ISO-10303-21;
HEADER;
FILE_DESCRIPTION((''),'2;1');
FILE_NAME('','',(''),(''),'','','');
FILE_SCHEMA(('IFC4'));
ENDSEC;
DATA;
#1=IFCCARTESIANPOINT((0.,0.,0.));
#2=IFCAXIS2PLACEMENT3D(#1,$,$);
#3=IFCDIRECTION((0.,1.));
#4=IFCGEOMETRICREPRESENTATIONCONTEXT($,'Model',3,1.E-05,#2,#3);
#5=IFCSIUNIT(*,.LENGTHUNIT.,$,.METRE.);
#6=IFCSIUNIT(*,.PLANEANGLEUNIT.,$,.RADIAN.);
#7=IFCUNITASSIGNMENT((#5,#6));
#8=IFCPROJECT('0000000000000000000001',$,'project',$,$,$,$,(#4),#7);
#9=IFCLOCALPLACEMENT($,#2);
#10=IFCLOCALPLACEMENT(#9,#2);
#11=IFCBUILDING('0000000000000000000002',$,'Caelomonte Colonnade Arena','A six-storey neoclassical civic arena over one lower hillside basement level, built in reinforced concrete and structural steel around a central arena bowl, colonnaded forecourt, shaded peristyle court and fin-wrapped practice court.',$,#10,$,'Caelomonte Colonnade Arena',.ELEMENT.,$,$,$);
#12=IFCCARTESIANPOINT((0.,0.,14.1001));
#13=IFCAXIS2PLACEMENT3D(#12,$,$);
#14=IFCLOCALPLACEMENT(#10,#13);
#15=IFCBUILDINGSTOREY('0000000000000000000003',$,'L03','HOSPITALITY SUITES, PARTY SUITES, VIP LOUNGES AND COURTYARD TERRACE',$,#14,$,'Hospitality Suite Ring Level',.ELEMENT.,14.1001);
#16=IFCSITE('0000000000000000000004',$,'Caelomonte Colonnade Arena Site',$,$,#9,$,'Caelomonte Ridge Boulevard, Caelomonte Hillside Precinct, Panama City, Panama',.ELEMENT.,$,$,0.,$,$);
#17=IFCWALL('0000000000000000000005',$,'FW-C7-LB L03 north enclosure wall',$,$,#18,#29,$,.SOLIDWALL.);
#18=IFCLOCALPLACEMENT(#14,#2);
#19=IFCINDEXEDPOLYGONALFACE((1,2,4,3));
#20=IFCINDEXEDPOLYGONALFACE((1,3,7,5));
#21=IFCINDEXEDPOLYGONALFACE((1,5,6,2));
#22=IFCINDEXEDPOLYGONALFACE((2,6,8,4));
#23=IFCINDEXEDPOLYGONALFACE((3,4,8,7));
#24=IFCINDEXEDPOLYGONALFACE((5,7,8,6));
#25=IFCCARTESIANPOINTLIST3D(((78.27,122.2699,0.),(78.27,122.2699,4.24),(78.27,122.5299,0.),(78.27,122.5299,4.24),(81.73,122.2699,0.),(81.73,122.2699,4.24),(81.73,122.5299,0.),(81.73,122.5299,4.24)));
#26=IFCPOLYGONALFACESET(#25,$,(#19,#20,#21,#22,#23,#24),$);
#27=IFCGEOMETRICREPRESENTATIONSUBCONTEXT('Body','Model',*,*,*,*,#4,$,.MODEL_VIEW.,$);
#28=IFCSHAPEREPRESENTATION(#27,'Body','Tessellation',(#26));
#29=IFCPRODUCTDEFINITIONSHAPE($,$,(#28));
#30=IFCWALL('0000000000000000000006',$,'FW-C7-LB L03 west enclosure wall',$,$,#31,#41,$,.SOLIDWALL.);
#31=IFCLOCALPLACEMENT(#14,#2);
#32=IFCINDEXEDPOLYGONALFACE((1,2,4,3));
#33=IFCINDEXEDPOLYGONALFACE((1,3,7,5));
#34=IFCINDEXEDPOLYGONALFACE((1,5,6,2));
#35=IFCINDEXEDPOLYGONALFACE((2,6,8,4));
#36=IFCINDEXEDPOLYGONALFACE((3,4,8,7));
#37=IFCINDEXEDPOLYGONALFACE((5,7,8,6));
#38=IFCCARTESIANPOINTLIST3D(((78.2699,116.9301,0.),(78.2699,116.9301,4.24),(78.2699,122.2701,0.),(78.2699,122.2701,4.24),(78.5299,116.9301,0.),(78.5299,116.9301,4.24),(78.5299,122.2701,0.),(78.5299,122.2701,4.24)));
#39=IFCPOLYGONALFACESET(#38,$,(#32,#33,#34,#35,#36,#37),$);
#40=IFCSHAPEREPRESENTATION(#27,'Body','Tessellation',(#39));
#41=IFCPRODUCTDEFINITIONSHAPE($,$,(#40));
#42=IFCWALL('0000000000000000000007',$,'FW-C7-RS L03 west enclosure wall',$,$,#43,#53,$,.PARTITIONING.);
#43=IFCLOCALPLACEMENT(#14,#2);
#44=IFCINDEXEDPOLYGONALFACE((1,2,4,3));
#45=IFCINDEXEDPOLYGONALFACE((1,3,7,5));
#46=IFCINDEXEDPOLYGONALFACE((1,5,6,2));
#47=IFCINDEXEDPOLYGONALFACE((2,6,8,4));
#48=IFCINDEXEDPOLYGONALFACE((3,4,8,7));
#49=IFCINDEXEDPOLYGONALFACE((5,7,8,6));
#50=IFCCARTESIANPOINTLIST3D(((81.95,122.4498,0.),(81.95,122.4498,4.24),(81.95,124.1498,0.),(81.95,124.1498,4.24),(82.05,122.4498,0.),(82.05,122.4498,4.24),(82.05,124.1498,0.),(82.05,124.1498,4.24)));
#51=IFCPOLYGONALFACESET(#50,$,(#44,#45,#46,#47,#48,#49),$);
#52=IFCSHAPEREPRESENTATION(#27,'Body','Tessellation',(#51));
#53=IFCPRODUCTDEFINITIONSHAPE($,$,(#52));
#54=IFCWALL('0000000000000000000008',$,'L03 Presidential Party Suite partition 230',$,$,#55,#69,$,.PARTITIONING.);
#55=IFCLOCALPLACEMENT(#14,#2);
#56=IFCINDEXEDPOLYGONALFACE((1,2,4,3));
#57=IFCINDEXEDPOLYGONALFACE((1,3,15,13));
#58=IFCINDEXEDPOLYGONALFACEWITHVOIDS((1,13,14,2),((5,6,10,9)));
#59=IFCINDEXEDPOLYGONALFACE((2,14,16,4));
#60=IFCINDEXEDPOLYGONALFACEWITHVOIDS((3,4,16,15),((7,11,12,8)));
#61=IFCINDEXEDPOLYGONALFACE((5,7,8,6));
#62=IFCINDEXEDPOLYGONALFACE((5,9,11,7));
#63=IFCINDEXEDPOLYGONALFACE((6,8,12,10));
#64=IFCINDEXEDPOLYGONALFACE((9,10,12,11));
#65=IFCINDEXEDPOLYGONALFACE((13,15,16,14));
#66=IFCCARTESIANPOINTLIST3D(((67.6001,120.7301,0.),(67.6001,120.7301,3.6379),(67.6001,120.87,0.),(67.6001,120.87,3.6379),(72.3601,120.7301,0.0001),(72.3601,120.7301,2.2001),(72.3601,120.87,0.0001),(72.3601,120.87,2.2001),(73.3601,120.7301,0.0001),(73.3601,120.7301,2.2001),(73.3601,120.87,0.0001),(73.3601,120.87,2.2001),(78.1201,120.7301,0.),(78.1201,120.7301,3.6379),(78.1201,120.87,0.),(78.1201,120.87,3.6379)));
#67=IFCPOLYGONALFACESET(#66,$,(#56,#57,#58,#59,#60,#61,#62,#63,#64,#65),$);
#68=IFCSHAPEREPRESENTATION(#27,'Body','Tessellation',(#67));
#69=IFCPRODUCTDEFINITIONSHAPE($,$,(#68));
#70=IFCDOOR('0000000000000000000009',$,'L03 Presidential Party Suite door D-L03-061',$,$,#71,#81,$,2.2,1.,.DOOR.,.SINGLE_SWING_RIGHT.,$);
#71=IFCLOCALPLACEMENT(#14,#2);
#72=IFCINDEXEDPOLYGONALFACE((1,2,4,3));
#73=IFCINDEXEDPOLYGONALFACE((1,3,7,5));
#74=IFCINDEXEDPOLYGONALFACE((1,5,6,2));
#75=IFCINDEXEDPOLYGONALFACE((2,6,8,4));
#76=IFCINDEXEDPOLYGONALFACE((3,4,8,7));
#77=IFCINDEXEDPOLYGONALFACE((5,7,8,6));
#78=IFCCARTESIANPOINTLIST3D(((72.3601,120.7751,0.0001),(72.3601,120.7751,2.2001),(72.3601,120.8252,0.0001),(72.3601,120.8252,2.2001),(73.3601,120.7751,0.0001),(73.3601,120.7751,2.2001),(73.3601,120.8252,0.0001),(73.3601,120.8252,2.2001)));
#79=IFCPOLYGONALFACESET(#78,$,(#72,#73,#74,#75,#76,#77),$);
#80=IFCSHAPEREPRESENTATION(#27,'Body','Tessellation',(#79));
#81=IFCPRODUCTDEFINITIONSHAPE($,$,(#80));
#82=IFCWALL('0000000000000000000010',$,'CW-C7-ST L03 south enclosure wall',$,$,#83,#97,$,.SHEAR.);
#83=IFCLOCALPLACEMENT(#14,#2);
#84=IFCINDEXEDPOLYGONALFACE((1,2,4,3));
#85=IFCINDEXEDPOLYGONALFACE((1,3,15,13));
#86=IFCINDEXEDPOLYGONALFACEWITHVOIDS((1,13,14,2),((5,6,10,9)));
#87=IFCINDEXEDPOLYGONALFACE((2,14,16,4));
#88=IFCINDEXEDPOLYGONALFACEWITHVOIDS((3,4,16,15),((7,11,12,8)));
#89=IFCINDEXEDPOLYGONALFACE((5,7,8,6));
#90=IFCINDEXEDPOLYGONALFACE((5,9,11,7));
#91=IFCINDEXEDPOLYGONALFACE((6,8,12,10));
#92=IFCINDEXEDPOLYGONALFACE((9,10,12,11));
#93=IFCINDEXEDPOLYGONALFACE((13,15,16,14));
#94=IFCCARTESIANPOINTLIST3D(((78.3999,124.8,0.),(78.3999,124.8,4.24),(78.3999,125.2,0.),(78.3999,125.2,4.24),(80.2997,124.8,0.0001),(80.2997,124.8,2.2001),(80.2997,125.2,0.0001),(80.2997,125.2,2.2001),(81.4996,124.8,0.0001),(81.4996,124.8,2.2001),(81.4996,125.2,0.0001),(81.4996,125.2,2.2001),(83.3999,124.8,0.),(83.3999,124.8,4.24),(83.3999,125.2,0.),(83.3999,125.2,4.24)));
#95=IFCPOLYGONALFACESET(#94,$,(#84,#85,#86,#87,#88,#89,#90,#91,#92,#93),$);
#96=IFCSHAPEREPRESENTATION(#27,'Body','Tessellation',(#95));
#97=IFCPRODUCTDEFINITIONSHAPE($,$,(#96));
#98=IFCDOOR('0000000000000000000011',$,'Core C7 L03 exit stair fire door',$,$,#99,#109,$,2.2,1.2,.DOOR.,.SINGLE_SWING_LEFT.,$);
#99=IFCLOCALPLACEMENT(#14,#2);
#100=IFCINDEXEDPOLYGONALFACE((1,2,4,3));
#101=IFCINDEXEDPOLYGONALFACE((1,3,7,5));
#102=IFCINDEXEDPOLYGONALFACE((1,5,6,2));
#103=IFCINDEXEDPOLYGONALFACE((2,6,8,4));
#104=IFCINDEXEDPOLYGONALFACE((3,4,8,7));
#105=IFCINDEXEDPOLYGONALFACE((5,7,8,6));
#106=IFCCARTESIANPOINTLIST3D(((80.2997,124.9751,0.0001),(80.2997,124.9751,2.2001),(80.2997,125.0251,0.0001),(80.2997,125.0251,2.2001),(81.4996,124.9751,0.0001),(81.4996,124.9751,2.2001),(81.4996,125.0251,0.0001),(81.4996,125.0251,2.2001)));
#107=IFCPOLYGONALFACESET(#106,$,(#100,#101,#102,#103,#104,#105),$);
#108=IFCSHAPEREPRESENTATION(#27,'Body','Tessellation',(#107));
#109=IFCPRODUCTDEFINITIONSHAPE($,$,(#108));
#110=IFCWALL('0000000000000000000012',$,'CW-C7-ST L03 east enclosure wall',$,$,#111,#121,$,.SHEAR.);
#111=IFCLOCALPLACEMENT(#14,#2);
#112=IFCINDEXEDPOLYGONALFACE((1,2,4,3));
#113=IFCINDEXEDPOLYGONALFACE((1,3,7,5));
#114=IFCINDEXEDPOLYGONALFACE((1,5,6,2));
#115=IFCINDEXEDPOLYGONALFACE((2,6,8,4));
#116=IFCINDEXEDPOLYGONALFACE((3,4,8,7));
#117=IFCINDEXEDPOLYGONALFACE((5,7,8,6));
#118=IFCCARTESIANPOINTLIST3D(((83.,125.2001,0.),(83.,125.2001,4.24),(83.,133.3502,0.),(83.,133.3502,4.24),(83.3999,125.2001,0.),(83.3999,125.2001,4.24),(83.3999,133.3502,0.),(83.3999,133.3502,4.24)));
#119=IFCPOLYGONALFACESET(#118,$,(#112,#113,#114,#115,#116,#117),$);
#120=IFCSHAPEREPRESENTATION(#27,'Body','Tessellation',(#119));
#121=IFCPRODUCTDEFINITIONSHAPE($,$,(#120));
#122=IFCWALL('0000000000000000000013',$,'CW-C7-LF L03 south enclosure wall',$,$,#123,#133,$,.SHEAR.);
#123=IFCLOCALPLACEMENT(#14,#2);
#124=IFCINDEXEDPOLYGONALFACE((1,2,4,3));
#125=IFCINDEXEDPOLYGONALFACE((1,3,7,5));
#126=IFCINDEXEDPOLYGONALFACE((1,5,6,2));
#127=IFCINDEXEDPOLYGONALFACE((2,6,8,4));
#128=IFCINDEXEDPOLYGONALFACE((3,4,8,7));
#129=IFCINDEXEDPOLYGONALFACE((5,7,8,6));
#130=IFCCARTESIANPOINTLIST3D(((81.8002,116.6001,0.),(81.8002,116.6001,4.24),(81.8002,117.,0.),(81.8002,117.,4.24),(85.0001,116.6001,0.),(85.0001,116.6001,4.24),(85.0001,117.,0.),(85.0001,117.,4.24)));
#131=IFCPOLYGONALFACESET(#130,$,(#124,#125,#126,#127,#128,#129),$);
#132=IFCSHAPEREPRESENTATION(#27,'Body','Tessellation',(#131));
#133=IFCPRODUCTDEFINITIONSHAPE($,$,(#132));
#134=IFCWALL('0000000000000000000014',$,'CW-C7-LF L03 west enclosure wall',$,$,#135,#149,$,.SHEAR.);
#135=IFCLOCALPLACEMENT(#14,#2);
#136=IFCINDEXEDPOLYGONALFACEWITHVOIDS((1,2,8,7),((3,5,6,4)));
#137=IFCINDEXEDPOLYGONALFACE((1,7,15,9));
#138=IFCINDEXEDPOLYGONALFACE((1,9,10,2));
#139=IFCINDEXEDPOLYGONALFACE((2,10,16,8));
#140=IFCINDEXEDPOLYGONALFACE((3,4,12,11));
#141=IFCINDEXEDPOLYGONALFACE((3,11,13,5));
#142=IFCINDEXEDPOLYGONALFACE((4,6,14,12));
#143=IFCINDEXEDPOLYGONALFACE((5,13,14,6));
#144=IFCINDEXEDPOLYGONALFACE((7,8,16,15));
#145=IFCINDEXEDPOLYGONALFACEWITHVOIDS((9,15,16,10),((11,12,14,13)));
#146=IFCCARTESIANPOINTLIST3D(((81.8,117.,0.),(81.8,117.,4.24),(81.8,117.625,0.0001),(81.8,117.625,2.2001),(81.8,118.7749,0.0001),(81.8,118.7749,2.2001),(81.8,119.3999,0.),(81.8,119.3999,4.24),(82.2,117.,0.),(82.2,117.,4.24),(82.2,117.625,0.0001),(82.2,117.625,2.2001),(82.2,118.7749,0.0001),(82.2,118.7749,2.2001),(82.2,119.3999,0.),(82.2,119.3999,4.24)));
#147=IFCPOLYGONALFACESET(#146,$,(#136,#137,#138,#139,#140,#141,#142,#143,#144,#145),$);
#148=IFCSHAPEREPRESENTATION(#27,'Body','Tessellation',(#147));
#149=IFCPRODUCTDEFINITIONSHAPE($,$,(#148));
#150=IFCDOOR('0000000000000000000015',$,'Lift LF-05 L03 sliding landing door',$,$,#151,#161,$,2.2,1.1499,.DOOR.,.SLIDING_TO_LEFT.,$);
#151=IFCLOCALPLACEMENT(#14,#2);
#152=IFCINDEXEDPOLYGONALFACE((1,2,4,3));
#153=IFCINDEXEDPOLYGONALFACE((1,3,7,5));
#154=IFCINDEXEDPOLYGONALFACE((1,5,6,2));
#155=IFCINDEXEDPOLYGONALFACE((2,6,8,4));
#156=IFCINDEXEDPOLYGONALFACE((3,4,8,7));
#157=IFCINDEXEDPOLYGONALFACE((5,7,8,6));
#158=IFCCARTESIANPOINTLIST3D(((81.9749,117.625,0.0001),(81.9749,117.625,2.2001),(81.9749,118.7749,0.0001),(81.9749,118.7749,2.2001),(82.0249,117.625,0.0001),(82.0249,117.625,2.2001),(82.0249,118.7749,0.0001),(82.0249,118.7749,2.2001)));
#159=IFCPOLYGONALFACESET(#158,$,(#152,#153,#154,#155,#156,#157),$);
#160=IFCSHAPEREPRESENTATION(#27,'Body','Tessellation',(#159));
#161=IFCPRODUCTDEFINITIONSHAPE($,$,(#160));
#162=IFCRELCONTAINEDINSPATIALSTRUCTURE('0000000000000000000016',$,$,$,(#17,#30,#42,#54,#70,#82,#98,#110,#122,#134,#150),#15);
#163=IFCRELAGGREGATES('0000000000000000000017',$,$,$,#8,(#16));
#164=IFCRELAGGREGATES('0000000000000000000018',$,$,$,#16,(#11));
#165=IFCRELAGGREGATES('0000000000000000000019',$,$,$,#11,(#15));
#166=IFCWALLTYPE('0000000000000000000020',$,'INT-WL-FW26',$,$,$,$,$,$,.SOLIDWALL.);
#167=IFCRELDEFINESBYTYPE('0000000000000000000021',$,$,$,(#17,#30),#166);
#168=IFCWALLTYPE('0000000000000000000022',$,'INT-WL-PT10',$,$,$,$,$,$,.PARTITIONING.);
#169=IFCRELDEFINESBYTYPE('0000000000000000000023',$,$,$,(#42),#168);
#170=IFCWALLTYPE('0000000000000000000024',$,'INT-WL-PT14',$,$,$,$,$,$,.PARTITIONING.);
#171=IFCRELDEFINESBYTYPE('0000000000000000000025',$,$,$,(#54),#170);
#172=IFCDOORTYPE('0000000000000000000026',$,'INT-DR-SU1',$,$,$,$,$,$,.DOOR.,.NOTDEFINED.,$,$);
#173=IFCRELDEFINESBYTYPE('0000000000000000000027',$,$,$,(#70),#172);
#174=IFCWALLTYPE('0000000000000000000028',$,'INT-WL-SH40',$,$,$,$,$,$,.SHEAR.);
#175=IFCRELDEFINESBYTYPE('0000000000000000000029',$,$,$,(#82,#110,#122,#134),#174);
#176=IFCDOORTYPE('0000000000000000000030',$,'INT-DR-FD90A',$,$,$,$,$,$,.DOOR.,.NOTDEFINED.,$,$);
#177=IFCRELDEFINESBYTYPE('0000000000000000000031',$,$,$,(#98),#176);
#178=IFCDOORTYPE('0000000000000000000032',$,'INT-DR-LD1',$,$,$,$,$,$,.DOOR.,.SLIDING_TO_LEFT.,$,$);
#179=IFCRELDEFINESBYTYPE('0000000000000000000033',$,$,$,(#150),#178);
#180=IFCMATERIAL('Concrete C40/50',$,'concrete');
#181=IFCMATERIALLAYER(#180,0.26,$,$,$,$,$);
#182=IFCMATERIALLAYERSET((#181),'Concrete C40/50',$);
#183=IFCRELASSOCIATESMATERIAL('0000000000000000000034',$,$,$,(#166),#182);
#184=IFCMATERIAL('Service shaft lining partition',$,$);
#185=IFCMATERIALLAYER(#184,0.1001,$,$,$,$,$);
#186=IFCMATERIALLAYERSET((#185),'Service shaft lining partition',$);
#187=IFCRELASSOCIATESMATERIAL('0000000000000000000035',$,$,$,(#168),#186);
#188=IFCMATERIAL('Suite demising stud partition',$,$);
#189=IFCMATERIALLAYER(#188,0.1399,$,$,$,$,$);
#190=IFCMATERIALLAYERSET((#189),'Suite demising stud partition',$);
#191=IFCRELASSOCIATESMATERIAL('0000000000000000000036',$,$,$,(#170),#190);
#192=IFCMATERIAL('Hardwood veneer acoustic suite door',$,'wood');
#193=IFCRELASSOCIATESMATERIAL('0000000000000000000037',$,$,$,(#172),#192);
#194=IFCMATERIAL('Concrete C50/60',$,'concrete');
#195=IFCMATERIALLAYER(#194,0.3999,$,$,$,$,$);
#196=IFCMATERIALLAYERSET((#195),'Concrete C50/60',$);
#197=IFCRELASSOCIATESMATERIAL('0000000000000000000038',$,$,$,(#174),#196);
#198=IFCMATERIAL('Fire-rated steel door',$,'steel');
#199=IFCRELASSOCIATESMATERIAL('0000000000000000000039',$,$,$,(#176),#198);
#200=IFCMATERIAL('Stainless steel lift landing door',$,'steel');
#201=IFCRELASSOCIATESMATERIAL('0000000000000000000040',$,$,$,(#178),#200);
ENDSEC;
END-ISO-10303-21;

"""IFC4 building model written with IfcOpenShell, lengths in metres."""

from ifc_helpers import new_model, si_unit, direction, frame, frame_2d, origin, place, context, subcontext, project, spatial, rectangle, extrude, material, layer, layer_set, type_object, element, fill, save


model = new_model("IFC4")

# Units and contexts
model_context = context("Model", 3, precision=1e-05, world=origin(), true_north=direction((0.0, 1.0)))
body_context = subcontext(model_context, "Body", "Model", "MODEL_VIEW")
ifc_project = project(units=[si_unit("LENGTHUNIT", "METRE"), si_unit("PLANEANGLEUNIT", "RADIAN")], contexts=[model_context])

# Site, building, storey
site_placement = place(None, origin())
site = spatial("IfcSite", under=ifc_project, at=site_placement, Name="Caelomonte Colonnade Arena Site", LongName="Caelomonte Ridge Boulevard, Caelomonte Hillside Precinct, Panama City, Panama", CompositionType="ELEMENT", RefElevation=0.0)
building_placement = place(site_placement, origin())
building = spatial("IfcBuilding", under=site, at=building_placement, Name="Caelomonte Colonnade Arena", Description="A six-storey neoclassical civic arena over one lower hillside basement level, built in reinforced concrete and structural steel around a central arena bowl, colonnaded forecourt, shaded peristyle court and fin-wrapped practice court.", LongName="Caelomonte Colonnade Arena", CompositionType="ELEMENT")
storey_placement = place(building_placement, frame((0.0, 0.0, 14.1001)))
storey = spatial("IfcBuildingStorey", under=building, at=storey_placement, Name="L03", Description="HOSPITALITY SUITES, PARTY SUITES, VIP LOUNGES AND COURTYARD TERRACE", LongName="Hospitality Suite Ring Level", CompositionType="ELEMENT", Elevation=14.1001)

# Shared definitions
ifc_material_1 = material(Name="Concrete C40/50", Category="concrete")
ifc_layer_1 = layer(ifc_material_1, 0.26)
ifc_layer_set_1 = layer_set([ifc_layer_1], Name="Concrete C40/50")
wall_type_1 = type_object("IfcWallType", Name="INT-WL-FW26", PredefinedType="SOLIDWALL", material=ifc_layer_set_1)

# Walls
wall_1_placement = place(storey_placement, frame((81.73, 122.3999, 0.0), z_axis=(0.0, 0.0, 1.0), x_axis=(-1.0, 0.0, 0.0)))
element("IfcWall", 1, at=wall_1_placement, inside=storey, type_object=wall_type_1, Name="FW-C7-LB L03 north enclosure wall", PredefinedType="SOLIDWALL", context=body_context, shape_type="SweptSolid", body=[
    extrude(rectangle(XDim=3.46, YDim=0.26, at=frame_2d((1.73, 0.0))), origin(), (0.0, 0.0, 1.0), 4.24),
])
wall_2_placement = place(storey_placement, frame((78.3999, 122.27, 0.0), z_axis=(0.0, 0.0, 1.0), x_axis=(0.0, -1.0, 0.0)))
element("IfcWall", 2, at=wall_2_placement, inside=storey, type_object=wall_type_1, Name="FW-C7-LB L03 west enclosure wall", PredefinedType="SOLIDWALL", context=body_context, shape_type="SweptSolid", body=[
    extrude(rectangle(XDim=5.3401, YDim=0.26, at=frame_2d((2.6699, 0.0))), origin(), (0.0, 0.0, 1.0), 4.24),
])
ifc_material_2 = material(Name="Service shaft lining partition")
ifc_layer_2 = layer(ifc_material_2, 0.1001)
ifc_layer_set_2 = layer_set([ifc_layer_2], Name="Service shaft lining partition")
wall_type_2 = type_object("IfcWallType", Name="INT-WL-PT10", PredefinedType="PARTITIONING", material=ifc_layer_set_2)
wall_3_placement = place(storey_placement, frame((82.0, 124.1499, 0.0), z_axis=(0.0, 0.0, 1.0), x_axis=(0.0, -1.0, 0.0)))
element("IfcWall", 3, at=wall_3_placement, inside=storey, type_object=wall_type_2, Name="FW-C7-RS L03 west enclosure wall", PredefinedType="PARTITIONING", context=body_context, shape_type="SweptSolid", body=[
    extrude(rectangle(XDim=1.7, YDim=0.1001, at=frame_2d((0.8501, 0.0))), origin(), (0.0, 0.0, 1.0), 4.24),
])

# Walls, openings, doors
ifc_material_3 = material(Name="Suite demising stud partition")
ifc_layer_3 = layer(ifc_material_3, 0.1399)
ifc_layer_set_3 = layer_set([ifc_layer_3], Name="Suite demising stud partition")
wall_type_3 = type_object("IfcWallType", Name="INT-WL-PT14", PredefinedType="PARTITIONING", material=ifc_layer_set_3)
wall_4_placement = place(storey_placement, frame((78.1201, 120.8, 0.0), z_axis=(0.0, 0.0, 1.0), x_axis=(-1.0, 0.0, 0.0)))
wall_4 = element("IfcWall", 4, at=wall_4_placement, inside=storey, type_object=wall_type_3, Name="L03 Presidential Party Suite partition 230", PredefinedType="PARTITIONING", context=body_context, shape_type="SweptSolid", body=[
    extrude(rectangle(XDim=10.52, YDim=0.1399, at=frame_2d((5.26, 0.0))), origin(), (0.0, 0.0, 1.0), 3.6379),
])
opening_1_placement = place(wall_4_placement, frame((4.76, 0.0, 0.0), z_axis=(0.0, 0.0, 1.0), x_axis=(1.0, 0.0, 0.0)))
opening_1 = element("IfcOpeningElement", 5, at=opening_1_placement, cuts=wall_4, PredefinedType="OPENING", context=body_context, shape_type="SweptSolid", body=[
    extrude(rectangle(XDim=1.0, YDim=2.2, at=frame_2d((0.5, 1.1001))), frame((0.0, 0.0798, 0.0), z_axis=(0.0, -1.0, 0.0), x_axis=(1.0, 0.0, 0.0)), (0.0, 0.0, 1.0), 0.1599),
])
ifc_material_4 = material(Name="Hardwood veneer acoustic suite door", Category="wood")
door_type_1 = type_object("IfcDoorType", Name="INT-DR-SU1", OperationType="NOTDEFINED", PredefinedType="DOOR", material=ifc_material_4)
door_1_placement = place(opening_1_placement, origin())
door_1 = element("IfcDoor", 6, at=door_1_placement, inside=storey, type_object=door_type_1, Name="L03 Presidential Party Suite door D-L03-061", OperationType="SINGLE_SWING_RIGHT", OverallHeight=2.2, OverallWidth=1.0, PredefinedType="DOOR", context=body_context, shape_type="SweptSolid", body=[
    extrude(rectangle(XDim=1.0, YDim=2.2, at=frame_2d((0.5, 1.1001))), frame((0.0, 0.0249, 0.0), z_axis=(0.0, -1.0, 0.0), x_axis=(1.0, 0.0, 0.0)), (0.0, 0.0, 1.0), 0.05),
])
fill(opening_1, door_1)
ifc_material_5 = material(Name="Concrete C50/60", Category="concrete")
ifc_layer_4 = layer(ifc_material_5, 0.3999)
ifc_layer_set_4 = layer_set([ifc_layer_4], Name="Concrete C50/60")
wall_type_4 = type_object("IfcWallType", Name="INT-WL-SH40", PredefinedType="SHEAR", material=ifc_layer_set_4)
wall_5_placement = place(storey_placement, frame((78.3999, 125.0, 0.0), z_axis=(0.0, 0.0, 1.0), x_axis=(1.0, 0.0, 0.0)))
wall_5 = element("IfcWall", 7, at=wall_5_placement, inside=storey, type_object=wall_type_4, Name="CW-C7-ST L03 south enclosure wall", PredefinedType="SHEAR", context=body_context, shape_type="SweptSolid", body=[
    extrude(rectangle(XDim=5.0, YDim=0.3999, at=frame_2d((2.5, 0.0))), origin(), (0.0, 0.0, 1.0), 4.24),
])
opening_2_placement = place(wall_5_placement, frame((3.0999, 0.0, 0.0), z_axis=(0.0, 0.0, 1.0), x_axis=(-1.0, 0.0, 0.0)))
opening_2 = element("IfcOpeningElement", 8, at=opening_2_placement, cuts=wall_5, PredefinedType="OPENING", context=body_context, shape_type="SweptSolid", body=[
    extrude(rectangle(XDim=1.2, YDim=2.2, at=frame_2d((0.6001, 1.1001))), frame((0.0, 0.21, 0.0), z_axis=(0.0, -1.0, 0.0), x_axis=(1.0, 0.0, 0.0)), (0.0, 0.0, 1.0), 0.4199),
])
ifc_material_6 = material(Name="Fire-rated steel door", Category="steel")
door_type_2 = type_object("IfcDoorType", Name="INT-DR-FD90A", OperationType="NOTDEFINED", PredefinedType="DOOR", material=ifc_material_6)
door_2_placement = place(opening_2_placement, origin())
door_2 = element("IfcDoor", 9, at=door_2_placement, inside=storey, type_object=door_type_2, Name="Core C7 L03 exit stair fire door", OperationType="SINGLE_SWING_LEFT", OverallHeight=2.2, OverallWidth=1.2, PredefinedType="DOOR", context=body_context, shape_type="SweptSolid", body=[
    extrude(rectangle(XDim=1.2, YDim=2.2, at=frame_2d((0.6001, 1.1001))), frame((0.0, 0.0249, 0.0), z_axis=(0.0, -1.0, 0.0), x_axis=(1.0, 0.0, 0.0)), (0.0, 0.0, 1.0), 0.05),
])
fill(opening_2, door_2)

# Walls
wall_6_placement = place(storey_placement, frame((83.2, 125.2, 0.0), z_axis=(0.0, 0.0, 1.0), x_axis=(0.0, 1.0, 0.0)))
element("IfcWall", 10, at=wall_6_placement, inside=storey, type_object=wall_type_4, Name="CW-C7-ST L03 east enclosure wall", PredefinedType="SHEAR", context=body_context, shape_type="SweptSolid", body=[
    extrude(rectangle(XDim=8.1501, YDim=0.3999, at=frame_2d((4.0752, 0.0))), origin(), (0.0, 0.0, 1.0), 4.24),
])
wall_7_placement = place(storey_placement, frame((81.8, 116.8, 0.0), z_axis=(0.0, 0.0, 1.0), x_axis=(1.0, 0.0, 0.0)))
element("IfcWall", 11, at=wall_7_placement, inside=storey, type_object=wall_type_4, Name="CW-C7-LF L03 south enclosure wall", PredefinedType="SHEAR", context=body_context, shape_type="SweptSolid", body=[
    extrude(rectangle(XDim=3.2, YDim=0.3999, at=frame_2d((1.6001, 0.0))), origin(), (0.0, 0.0, 1.0), 4.24),
])

# Wall, opening, door
wall_8_placement = place(storey_placement, frame((82.0, 119.3999, 0.0), z_axis=(0.0, 0.0, 1.0), x_axis=(0.0, -1.0, 0.0)))
wall_8 = element("IfcWall", 12, at=wall_8_placement, inside=storey, type_object=wall_type_4, Name="CW-C7-LF L03 west enclosure wall", PredefinedType="SHEAR", context=body_context, shape_type="SweptSolid", body=[
    extrude(rectangle(XDim=2.3999, YDim=0.3999, at=frame_2d((1.2, 0.0))), origin(), (0.0, 0.0, 1.0), 4.24),
])
opening_3_placement = place(wall_8_placement, frame((0.625, 0.0, 0.0), z_axis=(0.0, 0.0, 1.0), x_axis=(1.0, 0.0, 0.0)))
opening_3 = element("IfcOpeningElement", 13, at=opening_3_placement, cuts=wall_8, PredefinedType="OPENING", context=body_context, shape_type="SweptSolid", body=[
    extrude(rectangle(XDim=1.1499, YDim=2.2, at=frame_2d((0.575, 1.1001))), frame((0.0, 0.21, 0.0), z_axis=(0.0, -1.0, 0.0), x_axis=(1.0, 0.0, 0.0)), (0.0, 0.0, 1.0), 0.4199),
])
ifc_material_7 = material(Name="Stainless steel lift landing door", Category="steel")
door_type_3 = type_object("IfcDoorType", Name="INT-DR-LD1", OperationType="SLIDING_TO_LEFT", PredefinedType="DOOR", material=ifc_material_7)
door_3_placement = place(opening_3_placement, origin())
door_3 = element("IfcDoor", 14, at=door_3_placement, inside=storey, type_object=door_type_3, Name="Lift LF-05 L03 sliding landing door", OperationType="SLIDING_TO_LEFT", OverallHeight=2.2, OverallWidth=1.1499, PredefinedType="DOOR", context=body_context, shape_type="SweptSolid", body=[
    extrude(rectangle(XDim=1.1499, YDim=2.2, at=frame_2d((0.575, 1.1001))), frame((0.0, 0.0249, 0.0), z_axis=(0.0, -1.0, 0.0), x_axis=(1.0, 0.0, 0.0)), (0.0, 0.0, 1.0), 0.05),
])
fill(opening_3, door_3)

save(model, "model.ifc")
